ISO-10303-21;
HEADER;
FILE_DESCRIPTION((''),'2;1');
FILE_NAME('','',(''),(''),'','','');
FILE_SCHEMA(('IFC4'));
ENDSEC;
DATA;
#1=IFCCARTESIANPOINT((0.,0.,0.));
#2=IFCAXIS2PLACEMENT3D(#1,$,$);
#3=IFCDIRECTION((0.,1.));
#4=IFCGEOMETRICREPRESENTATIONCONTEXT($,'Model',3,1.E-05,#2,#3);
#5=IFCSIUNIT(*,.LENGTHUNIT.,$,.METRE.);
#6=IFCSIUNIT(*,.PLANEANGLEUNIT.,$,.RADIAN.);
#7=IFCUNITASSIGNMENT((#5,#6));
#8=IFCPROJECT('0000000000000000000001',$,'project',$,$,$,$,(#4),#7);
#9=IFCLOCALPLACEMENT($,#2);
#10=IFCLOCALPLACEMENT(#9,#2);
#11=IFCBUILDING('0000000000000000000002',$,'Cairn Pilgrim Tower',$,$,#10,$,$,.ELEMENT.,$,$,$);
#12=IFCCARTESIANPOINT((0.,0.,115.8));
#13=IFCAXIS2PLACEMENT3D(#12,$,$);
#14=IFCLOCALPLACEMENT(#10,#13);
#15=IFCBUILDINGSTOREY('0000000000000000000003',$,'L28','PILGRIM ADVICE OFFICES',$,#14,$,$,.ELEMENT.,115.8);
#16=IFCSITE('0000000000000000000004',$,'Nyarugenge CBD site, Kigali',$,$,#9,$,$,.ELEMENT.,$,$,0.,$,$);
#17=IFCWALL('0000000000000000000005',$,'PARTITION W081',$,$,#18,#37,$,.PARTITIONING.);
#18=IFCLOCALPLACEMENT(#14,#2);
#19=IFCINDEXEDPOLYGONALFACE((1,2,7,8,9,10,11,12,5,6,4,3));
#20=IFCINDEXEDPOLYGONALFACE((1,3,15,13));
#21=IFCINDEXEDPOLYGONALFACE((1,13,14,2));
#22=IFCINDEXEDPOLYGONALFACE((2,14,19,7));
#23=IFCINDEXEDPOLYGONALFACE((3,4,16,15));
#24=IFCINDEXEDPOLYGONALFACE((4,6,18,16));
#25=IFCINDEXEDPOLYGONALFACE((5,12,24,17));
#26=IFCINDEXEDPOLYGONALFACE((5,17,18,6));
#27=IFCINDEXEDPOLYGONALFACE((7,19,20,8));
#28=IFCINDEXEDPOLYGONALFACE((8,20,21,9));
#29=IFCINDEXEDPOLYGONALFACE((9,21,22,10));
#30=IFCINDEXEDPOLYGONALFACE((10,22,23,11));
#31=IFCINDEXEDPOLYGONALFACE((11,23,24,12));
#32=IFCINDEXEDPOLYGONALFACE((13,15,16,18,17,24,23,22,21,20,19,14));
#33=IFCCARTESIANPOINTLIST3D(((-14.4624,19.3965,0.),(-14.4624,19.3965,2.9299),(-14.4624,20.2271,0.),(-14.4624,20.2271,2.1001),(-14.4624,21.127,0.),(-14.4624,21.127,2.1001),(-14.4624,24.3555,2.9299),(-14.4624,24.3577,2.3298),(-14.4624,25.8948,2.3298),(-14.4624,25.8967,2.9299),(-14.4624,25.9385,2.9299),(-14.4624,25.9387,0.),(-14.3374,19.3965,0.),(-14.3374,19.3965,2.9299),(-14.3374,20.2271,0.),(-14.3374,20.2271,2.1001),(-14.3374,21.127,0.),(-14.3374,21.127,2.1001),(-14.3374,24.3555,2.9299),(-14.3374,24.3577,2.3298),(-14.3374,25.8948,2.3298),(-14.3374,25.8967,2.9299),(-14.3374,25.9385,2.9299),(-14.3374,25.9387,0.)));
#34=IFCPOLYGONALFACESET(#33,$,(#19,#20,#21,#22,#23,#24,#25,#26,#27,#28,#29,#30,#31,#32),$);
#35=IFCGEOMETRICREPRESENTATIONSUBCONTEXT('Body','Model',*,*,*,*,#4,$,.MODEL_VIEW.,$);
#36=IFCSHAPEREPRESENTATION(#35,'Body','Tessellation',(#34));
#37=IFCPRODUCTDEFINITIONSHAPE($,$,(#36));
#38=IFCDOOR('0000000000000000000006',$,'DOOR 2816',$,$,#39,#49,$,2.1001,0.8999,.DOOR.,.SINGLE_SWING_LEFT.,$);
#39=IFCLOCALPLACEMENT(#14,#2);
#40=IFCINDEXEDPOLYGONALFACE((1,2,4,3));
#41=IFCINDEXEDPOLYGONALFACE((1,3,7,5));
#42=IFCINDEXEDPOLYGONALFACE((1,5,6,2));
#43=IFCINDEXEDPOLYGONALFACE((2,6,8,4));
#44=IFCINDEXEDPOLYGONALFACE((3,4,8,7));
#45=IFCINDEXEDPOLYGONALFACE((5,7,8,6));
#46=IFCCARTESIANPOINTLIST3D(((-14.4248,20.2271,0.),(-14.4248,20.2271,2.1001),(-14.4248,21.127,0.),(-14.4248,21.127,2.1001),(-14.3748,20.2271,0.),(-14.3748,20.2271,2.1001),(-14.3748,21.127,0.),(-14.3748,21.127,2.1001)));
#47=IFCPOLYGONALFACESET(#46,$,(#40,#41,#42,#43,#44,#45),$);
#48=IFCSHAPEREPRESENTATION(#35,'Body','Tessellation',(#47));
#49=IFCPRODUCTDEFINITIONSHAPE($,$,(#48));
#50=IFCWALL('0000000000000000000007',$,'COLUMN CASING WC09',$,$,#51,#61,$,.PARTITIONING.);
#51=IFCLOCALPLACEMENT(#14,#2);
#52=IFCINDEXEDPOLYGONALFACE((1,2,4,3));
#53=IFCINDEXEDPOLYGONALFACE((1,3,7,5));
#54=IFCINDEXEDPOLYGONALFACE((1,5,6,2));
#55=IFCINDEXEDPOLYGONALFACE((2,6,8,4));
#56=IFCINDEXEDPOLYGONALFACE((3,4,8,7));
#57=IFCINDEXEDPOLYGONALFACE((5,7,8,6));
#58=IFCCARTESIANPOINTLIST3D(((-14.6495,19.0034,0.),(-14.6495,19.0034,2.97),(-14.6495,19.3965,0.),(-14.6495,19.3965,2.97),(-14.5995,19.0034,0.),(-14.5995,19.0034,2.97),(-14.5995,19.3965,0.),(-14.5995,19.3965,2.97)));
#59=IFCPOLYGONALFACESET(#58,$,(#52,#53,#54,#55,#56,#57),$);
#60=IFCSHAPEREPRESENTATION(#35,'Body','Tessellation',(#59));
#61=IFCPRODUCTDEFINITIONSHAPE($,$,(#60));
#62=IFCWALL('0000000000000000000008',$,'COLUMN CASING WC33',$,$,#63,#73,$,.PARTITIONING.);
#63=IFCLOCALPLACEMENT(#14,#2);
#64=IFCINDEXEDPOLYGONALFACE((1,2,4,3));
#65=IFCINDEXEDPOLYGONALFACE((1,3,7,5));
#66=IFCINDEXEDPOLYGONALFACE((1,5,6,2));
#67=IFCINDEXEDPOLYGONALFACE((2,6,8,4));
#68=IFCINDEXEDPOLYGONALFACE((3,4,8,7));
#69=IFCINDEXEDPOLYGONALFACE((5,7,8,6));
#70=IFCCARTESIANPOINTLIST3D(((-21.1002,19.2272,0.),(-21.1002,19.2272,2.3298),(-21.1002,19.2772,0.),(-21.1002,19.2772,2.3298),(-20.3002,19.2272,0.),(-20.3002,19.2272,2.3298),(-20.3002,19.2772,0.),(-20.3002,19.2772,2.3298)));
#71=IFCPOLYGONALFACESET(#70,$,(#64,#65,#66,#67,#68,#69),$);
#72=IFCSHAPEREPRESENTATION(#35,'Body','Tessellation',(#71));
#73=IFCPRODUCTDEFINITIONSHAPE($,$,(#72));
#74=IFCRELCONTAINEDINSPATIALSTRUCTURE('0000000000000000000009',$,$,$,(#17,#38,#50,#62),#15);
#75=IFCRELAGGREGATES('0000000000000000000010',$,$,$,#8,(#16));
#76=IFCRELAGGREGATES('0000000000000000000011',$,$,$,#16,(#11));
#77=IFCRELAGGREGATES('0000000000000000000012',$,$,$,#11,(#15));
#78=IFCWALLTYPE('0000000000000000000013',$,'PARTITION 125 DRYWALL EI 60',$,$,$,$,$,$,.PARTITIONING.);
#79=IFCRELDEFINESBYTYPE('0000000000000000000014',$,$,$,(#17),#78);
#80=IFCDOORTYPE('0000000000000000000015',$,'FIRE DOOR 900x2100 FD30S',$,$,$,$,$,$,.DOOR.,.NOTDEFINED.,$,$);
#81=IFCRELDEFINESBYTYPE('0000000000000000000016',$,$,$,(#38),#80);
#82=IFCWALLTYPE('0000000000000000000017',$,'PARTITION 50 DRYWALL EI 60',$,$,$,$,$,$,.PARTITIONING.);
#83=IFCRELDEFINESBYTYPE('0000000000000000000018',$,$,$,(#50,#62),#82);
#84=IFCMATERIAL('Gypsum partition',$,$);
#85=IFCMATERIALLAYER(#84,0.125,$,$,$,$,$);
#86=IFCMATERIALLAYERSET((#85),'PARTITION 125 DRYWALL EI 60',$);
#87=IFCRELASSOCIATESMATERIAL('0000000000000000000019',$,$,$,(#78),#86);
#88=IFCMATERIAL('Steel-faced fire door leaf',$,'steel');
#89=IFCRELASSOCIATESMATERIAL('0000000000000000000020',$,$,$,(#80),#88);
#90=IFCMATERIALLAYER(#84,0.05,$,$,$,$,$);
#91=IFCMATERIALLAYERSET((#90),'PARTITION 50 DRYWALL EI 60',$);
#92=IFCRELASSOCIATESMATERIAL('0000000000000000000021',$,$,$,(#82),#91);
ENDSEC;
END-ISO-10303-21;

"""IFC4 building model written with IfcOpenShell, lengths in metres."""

from ifc_helpers import new_model, si_unit, direction, frame, frame_2d, origin, place, context, subcontext, project, spatial, polyline, rectangle, outline, extrude, material, layer, layer_set, type_object, element, fill, save


model = new_model("IFC4")

# Units and contexts
model_context = context("Model", 3, precision=1e-05, world=origin(), true_north=direction((0.0, 1.0)))
body_context = subcontext(model_context, "Body", "Model", "MODEL_VIEW")
ifc_project = project(units=[si_unit("LENGTHUNIT", "METRE"), si_unit("PLANEANGLEUNIT", "RADIAN")], contexts=[model_context])

# Site, building, storey
site_placement = place(None, origin())
site = spatial("IfcSite", under=ifc_project, at=site_placement, Name="Nyarugenge CBD site, Kigali", CompositionType="ELEMENT", RefElevation=0.0)
building_placement = place(site_placement, origin())
building = spatial("IfcBuilding", under=site, at=building_placement, Name="Cairn Pilgrim Tower", CompositionType="ELEMENT")
storey_placement = place(building_placement, frame((0.0, 0.0, 115.8)))
storey = spatial("IfcBuildingStorey", under=building, at=storey_placement, Name="L28", Description="PILGRIM ADVICE OFFICES", CompositionType="ELEMENT", Elevation=115.8)

# Shared definitions
ifc_material_1 = material(Name="Gypsum partition")
ifc_layer_1 = layer(ifc_material_1, 0.125)
ifc_layer_set_1 = layer_set([ifc_layer_1], Name="PARTITION 125 DRYWALL EI 60")
wall_type_1 = type_object("IfcWallType", Name="PARTITION 125 DRYWALL EI 60", PredefinedType="PARTITIONING", material=ifc_layer_set_1)

# Wall, opening, door
wall_1_placement = place(storey_placement, frame((-14.3999, 19.3965, 0.0), z_axis=(0.0, 0.0, 1.0), x_axis=(0.0, 1.0, 0.0)))
wall_1 = element("IfcWall", 1, at=wall_1_placement, inside=storey, type_object=wall_type_1, Name="PARTITION W081", PredefinedType="PARTITIONING", context=body_context, shape_type="SweptSolid", body=[
    extrude(outline(polyline([(0.0, 0.0), (6.5422, 0.0), (6.542, 2.9299), (6.5002, 2.9299), (6.4983, 2.3298), (4.9612, 2.3298), (4.959, 2.9299), (0.0, 2.9299), (0.0, 0.0)])), frame((0.0, 0.0625, 0.0), z_axis=(0.0, -1.0, 0.0), x_axis=(1.0, 0.0, 0.0)), (0.0, 0.0, 1.0), 0.125),
])
opening_1_placement = place(wall_1_placement, frame((0.8306, 0.0, 0.0)))
opening_1 = element("IfcOpeningElement", 2, at=opening_1_placement, cuts=wall_1, PredefinedType="OPENING", context=body_context, shape_type="SweptSolid", body=[
    extrude(rectangle(XDim=0.8999, YDim=2.1001, at=frame_2d((0.45, 1.05))), frame((0.0, 0.0725, 0.0), z_axis=(0.0, -1.0, 0.0), x_axis=(1.0, 0.0, 0.0)), (0.0, 0.0, 1.0), 0.145),
])
ifc_material_2 = material(Name="Steel-faced fire door leaf", Category="steel")
door_type_1 = type_object("IfcDoorType", Name="FIRE DOOR 900x2100 FD30S", OperationType="NOTDEFINED", PredefinedType="DOOR", material=ifc_material_2)
door_1_placement = place(opening_1_placement, origin())
door_1 = element("IfcDoor", 3, at=door_1_placement, inside=storey, type_object=door_type_1, Name="DOOR 2816", OperationType="SINGLE_SWING_LEFT", OverallHeight=2.1001, OverallWidth=0.8999, PredefinedType="DOOR", context=body_context, shape_type="SweptSolid", body=[
    extrude(rectangle(XDim=0.8999, YDim=2.1001, at=frame_2d((0.45, 1.05))), frame((0.0, 0.0249, 0.0), z_axis=(0.0, -1.0, 0.0), x_axis=(1.0, 0.0, 0.0)), (0.0, 0.0, 1.0), 0.05),
])
fill(opening_1, door_1)

# Walls
ifc_layer_2 = layer(ifc_material_1, 0.05)
ifc_layer_set_2 = layer_set([ifc_layer_2], Name="PARTITION 50 DRYWALL EI 60")
wall_type_2 = type_object("IfcWallType", Name="PARTITION 50 DRYWALL EI 60", PredefinedType="PARTITIONING", material=ifc_layer_set_2)
wall_2_placement = place(storey_placement, frame((-14.6245, 19.0034, 0.0), z_axis=(0.0, 0.0, 1.0), x_axis=(0.0, 1.0, 0.0)))
element("IfcWall", 4, at=wall_2_placement, inside=storey, type_object=wall_type_2, Name="COLUMN CASING WC09", PredefinedType="PARTITIONING", context=body_context, shape_type="SweptSolid", body=[
    extrude(rectangle(XDim=0.3931, YDim=0.05, at=frame_2d((0.1965, 0.0))), origin(), (0.0, 0.0, 1.0), 2.97),
])
wall_3_placement = place(storey_placement, frame((-21.1001, 19.2522, 0.0), z_axis=(0.0, 0.0, 1.0), x_axis=(1.0, 0.0, 0.0)))
element("IfcWall", 5, at=wall_3_placement, inside=storey, type_object=wall_type_2, Name="COLUMN CASING WC33", PredefinedType="PARTITIONING", context=body_context, shape_type="SweptSolid", body=[
    extrude(rectangle(XDim=0.8, YDim=0.05, at=frame_2d((0.3999, 0.0))), origin(), (0.0, 0.0, 1.0), 2.3298),
])

save(model, "model.ifc")
